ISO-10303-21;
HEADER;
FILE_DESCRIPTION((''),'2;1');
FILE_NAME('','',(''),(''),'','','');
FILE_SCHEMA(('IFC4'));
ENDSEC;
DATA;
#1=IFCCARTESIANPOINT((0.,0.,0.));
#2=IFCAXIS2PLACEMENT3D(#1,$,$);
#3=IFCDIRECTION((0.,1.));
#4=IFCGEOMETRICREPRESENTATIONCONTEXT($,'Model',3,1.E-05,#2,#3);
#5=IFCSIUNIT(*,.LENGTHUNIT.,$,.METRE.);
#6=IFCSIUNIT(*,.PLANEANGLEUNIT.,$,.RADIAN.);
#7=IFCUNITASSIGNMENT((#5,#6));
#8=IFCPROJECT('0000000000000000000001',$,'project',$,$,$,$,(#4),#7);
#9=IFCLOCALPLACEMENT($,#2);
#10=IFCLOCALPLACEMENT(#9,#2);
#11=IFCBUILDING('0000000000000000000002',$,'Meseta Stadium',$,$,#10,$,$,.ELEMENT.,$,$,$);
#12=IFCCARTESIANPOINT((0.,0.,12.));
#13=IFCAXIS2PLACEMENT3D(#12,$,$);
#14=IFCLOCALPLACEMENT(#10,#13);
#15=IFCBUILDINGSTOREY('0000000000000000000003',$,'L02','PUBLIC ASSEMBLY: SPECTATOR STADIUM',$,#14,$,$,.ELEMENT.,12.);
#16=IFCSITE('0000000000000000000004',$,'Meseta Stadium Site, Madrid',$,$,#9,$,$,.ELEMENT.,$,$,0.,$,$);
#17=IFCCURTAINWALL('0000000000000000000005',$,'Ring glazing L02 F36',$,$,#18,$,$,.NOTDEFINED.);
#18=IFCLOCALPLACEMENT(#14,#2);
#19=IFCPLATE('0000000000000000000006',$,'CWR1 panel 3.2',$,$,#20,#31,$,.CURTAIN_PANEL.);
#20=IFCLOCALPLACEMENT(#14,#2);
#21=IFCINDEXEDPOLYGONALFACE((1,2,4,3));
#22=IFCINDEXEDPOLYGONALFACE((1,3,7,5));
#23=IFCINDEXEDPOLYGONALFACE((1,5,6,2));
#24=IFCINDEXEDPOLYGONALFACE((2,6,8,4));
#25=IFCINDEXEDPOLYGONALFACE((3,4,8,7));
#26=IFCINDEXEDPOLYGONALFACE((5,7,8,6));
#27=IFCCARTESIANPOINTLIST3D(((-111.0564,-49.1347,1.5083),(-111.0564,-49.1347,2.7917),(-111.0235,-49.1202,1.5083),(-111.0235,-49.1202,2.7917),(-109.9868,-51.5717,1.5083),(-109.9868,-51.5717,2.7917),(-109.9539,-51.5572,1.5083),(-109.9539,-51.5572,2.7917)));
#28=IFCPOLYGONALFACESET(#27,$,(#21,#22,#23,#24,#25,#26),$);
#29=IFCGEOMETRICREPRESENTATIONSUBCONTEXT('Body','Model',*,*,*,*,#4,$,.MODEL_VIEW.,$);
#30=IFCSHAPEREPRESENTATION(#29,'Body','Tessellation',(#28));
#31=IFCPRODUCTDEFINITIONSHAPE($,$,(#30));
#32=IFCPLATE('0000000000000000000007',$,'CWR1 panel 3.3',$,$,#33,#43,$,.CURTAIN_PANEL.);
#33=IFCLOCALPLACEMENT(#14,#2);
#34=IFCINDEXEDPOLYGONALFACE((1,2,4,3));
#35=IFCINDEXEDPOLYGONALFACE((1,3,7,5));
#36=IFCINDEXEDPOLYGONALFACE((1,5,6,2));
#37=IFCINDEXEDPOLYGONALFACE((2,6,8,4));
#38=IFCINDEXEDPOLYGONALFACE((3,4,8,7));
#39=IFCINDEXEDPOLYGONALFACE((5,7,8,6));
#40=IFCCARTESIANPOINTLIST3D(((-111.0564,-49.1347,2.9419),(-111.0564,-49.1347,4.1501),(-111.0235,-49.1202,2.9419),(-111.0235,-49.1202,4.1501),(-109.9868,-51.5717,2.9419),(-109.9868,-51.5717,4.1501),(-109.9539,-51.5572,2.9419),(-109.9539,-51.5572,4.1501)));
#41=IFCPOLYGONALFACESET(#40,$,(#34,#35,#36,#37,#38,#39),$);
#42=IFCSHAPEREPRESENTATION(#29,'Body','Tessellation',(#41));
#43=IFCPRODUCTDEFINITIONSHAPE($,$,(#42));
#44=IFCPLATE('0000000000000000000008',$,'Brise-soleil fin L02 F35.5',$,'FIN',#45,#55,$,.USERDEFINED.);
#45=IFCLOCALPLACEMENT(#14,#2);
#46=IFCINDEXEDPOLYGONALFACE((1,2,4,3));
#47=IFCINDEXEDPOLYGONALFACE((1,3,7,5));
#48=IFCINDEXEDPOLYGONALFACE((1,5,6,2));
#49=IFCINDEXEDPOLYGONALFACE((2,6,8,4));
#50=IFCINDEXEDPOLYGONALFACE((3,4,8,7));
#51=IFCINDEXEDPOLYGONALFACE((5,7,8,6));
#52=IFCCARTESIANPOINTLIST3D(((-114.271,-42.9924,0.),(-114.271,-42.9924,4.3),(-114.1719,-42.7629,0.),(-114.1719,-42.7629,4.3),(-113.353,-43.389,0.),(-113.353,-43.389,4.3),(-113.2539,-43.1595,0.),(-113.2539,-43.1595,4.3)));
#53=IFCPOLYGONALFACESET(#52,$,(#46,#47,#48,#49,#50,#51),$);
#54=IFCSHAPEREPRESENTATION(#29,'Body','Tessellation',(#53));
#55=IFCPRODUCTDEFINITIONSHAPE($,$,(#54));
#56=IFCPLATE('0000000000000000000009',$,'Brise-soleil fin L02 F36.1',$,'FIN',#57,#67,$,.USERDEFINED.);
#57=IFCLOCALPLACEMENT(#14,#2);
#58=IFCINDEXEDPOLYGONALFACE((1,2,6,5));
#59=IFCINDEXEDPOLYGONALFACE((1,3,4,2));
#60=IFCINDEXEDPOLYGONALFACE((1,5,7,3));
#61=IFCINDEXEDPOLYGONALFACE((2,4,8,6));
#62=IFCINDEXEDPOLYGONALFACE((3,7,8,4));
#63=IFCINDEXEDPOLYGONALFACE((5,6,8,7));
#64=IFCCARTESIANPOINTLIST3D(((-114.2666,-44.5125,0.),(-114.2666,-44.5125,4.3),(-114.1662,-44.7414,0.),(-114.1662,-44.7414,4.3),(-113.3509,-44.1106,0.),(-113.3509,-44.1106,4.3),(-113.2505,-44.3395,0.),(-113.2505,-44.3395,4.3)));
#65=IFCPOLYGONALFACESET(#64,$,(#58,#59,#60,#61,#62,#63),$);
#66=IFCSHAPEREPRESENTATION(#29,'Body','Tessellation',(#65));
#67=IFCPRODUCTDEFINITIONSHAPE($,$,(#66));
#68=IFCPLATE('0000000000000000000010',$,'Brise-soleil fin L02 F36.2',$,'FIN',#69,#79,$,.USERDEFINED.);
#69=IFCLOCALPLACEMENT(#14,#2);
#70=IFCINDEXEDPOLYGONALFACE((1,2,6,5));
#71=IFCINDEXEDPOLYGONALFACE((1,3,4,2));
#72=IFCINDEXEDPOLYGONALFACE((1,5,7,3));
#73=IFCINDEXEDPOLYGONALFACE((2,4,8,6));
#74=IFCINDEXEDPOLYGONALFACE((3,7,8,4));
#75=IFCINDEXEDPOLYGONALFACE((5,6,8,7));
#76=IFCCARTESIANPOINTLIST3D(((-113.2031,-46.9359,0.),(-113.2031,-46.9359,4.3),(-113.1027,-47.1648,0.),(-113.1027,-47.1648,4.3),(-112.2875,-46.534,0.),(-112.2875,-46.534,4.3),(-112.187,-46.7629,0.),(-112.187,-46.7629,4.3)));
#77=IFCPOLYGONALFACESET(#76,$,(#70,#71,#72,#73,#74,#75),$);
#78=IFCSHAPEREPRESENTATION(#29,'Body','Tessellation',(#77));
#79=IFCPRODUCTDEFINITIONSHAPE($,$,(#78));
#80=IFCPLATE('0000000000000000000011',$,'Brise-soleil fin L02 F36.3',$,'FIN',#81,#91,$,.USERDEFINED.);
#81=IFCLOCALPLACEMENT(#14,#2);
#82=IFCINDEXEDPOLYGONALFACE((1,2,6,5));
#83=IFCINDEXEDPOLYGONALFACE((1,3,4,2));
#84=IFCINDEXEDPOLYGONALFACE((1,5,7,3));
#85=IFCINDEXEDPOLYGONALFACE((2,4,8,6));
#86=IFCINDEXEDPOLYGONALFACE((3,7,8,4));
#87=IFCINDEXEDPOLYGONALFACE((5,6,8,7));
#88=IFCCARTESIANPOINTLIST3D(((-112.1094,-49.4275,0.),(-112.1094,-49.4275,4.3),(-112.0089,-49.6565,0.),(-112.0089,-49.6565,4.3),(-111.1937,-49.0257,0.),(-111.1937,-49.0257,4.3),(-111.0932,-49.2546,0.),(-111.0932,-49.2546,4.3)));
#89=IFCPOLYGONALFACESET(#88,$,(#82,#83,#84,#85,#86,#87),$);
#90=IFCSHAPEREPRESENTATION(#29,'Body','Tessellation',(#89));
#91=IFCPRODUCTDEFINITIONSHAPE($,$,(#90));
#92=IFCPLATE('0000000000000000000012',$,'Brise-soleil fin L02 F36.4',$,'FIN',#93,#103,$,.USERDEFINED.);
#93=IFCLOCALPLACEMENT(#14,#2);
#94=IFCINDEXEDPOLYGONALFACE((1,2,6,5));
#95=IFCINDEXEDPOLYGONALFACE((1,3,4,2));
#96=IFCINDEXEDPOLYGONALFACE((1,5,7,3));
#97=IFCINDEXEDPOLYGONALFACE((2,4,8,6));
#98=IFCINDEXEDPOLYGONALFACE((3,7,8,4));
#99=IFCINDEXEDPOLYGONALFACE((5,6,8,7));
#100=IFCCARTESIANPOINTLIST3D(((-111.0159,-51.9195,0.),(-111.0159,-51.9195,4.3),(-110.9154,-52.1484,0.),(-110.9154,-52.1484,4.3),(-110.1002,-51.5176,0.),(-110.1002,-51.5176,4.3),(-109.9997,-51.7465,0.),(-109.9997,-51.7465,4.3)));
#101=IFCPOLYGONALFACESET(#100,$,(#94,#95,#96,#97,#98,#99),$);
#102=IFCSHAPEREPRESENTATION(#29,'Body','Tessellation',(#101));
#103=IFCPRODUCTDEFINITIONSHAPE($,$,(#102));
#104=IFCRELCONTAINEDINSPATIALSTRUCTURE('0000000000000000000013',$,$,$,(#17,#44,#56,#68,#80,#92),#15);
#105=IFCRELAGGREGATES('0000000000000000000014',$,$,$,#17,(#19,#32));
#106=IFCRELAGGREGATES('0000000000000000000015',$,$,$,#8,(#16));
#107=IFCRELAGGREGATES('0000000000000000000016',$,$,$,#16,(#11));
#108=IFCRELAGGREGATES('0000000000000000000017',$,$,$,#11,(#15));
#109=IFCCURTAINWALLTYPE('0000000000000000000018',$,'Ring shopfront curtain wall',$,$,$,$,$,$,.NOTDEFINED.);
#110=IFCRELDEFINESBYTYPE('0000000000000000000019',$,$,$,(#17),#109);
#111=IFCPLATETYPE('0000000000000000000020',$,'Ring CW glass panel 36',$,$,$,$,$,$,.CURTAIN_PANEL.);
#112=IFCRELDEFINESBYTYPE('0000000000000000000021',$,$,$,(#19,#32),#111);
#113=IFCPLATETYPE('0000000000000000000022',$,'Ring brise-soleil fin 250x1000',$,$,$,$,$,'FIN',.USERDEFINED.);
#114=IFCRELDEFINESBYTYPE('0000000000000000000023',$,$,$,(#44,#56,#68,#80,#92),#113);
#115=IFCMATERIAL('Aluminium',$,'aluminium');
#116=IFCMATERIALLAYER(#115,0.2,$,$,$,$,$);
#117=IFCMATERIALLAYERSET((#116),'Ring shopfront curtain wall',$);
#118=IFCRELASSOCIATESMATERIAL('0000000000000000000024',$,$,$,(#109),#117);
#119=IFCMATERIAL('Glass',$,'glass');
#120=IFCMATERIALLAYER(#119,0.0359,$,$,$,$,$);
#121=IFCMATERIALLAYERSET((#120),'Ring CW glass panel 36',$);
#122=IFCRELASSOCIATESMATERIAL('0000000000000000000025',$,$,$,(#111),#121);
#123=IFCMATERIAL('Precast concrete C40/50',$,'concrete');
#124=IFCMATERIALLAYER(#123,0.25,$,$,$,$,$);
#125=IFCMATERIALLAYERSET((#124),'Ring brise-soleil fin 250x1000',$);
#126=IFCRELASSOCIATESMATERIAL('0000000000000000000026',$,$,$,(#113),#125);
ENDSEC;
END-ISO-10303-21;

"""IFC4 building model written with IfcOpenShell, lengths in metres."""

from ifc_helpers import new_model, si_unit, direction, frame, origin, origin_2d, place, context, subcontext, project, spatial, rectangle, extrude, material, layer, layer_set, type_object, element, aggregate, save


model = new_model("IFC4")

# Units and contexts
model_context = context("Model", 3, precision=1e-05, world=origin(), true_north=direction((0.0, 1.0)))
body_context = subcontext(model_context, "Body", "Model", "MODEL_VIEW")
ifc_project = project(units=[si_unit("LENGTHUNIT", "METRE"), si_unit("PLANEANGLEUNIT", "RADIAN")], contexts=[model_context])

# Site, building, storey
site_placement = place(None, origin())
site = spatial("IfcSite", under=ifc_project, at=site_placement, Name="Meseta Stadium Site, Madrid", CompositionType="ELEMENT", RefElevation=0.0)
building_placement = place(site_placement, origin())
building = spatial("IfcBuilding", under=site, at=building_placement, Name="Meseta Stadium", CompositionType="ELEMENT")
storey_placement = place(building_placement, frame((0.0, 0.0, 12.0)))
storey = spatial("IfcBuildingStorey", under=building, at=storey_placement, Name="L02", Description="PUBLIC ASSEMBLY: SPECTATOR STADIUM", CompositionType="ELEMENT", Elevation=12.0)

# Shared definitions
ifc_material_1 = material(Name="Aluminium", Category="aluminium")
ifc_layer_1 = layer(ifc_material_1, 0.2)
ifc_layer_set_1 = layer_set([ifc_layer_1], Name="Ring shopfront curtain wall")
curtain_wall_type = type_object("IfcCurtainWallType", Name="Ring shopfront curtain wall", PredefinedType="NOTDEFINED", material=ifc_layer_set_1)

# Curtain wall, plates
curtain_wall_1_placement = place(storey_placement, origin())
curtain_wall_1 = element("IfcCurtainWall", 1, at=curtain_wall_1_placement, inside=storey, type_object=curtain_wall_type, Name="Ring glazing L02 F36", PredefinedType="NOTDEFINED")
ifc_material_2 = material(Name="Glass", Category="glass")
ifc_layer_2 = layer(ifc_material_2, 0.0359)
ifc_layer_set_2 = layer_set([ifc_layer_2], Name="Ring CW glass panel 36")
plate_type_1 = type_object("IfcPlateType", Name="Ring CW glass panel 36", PredefinedType="CURTAIN_PANEL", material=ifc_layer_set_2)
plate_1_placement = place(storey_placement, frame((-110.5051, -50.3459, 1.5083), z_axis=(0.0, 0.0, 1.0), x_axis=(0.401892, -0.915687, 0.0)))
plate_1 = element("IfcPlate", 2, at=plate_1_placement, type_object=plate_type_1, Name="CWR1 panel 3.2", PredefinedType="CURTAIN_PANEL", context=body_context, shape_type="SweptSolid", body=[
    extrude(rectangle(XDim=2.6614, YDim=0.0359, at=origin_2d()), origin(), (0.0, 0.0, 1.0), 1.2834),
])
plate_2_placement = place(storey_placement, frame((-110.5051, -50.3459, 2.9419), z_axis=(0.0, 0.0, 1.0), x_axis=(0.401892, -0.915687, 0.0)))
plate_2 = element("IfcPlate", 3, at=plate_2_placement, type_object=plate_type_1, Name="CWR1 panel 3.3", PredefinedType="CURTAIN_PANEL", context=body_context, shape_type="SweptSolid", body=[
    extrude(rectangle(XDim=2.6614, YDim=0.0359, at=origin_2d()), origin(), (0.0, 0.0, 1.0), 1.2083),
])
aggregate(curtain_wall_1, [plate_1, plate_2])

# Plates
ifc_material_3 = material(Name="Precast concrete C40/50", Category="concrete")
ifc_layer_3 = layer(ifc_material_3, 0.25)
ifc_layer_set_3 = layer_set([ifc_layer_3], Name="Ring brise-soleil fin 250x1000")
plate_type_2 = type_object("IfcPlateType", Name="Ring brise-soleil fin 250x1000", ElementType="FIN", PredefinedType="USERDEFINED", material=ifc_layer_set_3)
for number, where, z_axis, x_axis, name in (
    (4, (-113.7625, -43.0759, 0.0), (0.0, 0.0, 1.0), (-0.396576, -0.918002, 0.0), "Brise-soleil fin L02 F35.5"),
    (5, (-113.7585, -44.426, 0.0), (0.0, 0.0, 1.0), (0.401892, -0.915687, 0.0), "Brise-soleil fin L02 F36.1"),
    (6, (-112.6951, -46.8494, 0.0), (0.0, 0.0, 1.0), (0.401892, -0.915687, 0.0), "Brise-soleil fin L02 F36.2"),
    (7, (-111.6013, -49.3411, 0.0), (0.0, 0.0, 1.0), (0.401892, -0.915687, 0.0), "Brise-soleil fin L02 F36.3"),
    (8, (-110.5078, -51.833, 0.0), (0.0, 0.0, 1.0), (0.401892, -0.915687, 0.0), "Brise-soleil fin L02 F36.4"),
):
    element("IfcPlate", number, at=place(storey_placement, frame(where, z_axis=z_axis, x_axis=x_axis)), inside=storey, type_object=plate_type_2, Name=name, ObjectType="FIN", PredefinedType="USERDEFINED", context=body_context, shape_type="SweptSolid", body=[
        extrude(rectangle(XDim=0.25, YDim=1.0, at=origin_2d()), origin(), (0.0, 0.0, 1.0), 4.3),
    ])

save(model, "model.ifc")
